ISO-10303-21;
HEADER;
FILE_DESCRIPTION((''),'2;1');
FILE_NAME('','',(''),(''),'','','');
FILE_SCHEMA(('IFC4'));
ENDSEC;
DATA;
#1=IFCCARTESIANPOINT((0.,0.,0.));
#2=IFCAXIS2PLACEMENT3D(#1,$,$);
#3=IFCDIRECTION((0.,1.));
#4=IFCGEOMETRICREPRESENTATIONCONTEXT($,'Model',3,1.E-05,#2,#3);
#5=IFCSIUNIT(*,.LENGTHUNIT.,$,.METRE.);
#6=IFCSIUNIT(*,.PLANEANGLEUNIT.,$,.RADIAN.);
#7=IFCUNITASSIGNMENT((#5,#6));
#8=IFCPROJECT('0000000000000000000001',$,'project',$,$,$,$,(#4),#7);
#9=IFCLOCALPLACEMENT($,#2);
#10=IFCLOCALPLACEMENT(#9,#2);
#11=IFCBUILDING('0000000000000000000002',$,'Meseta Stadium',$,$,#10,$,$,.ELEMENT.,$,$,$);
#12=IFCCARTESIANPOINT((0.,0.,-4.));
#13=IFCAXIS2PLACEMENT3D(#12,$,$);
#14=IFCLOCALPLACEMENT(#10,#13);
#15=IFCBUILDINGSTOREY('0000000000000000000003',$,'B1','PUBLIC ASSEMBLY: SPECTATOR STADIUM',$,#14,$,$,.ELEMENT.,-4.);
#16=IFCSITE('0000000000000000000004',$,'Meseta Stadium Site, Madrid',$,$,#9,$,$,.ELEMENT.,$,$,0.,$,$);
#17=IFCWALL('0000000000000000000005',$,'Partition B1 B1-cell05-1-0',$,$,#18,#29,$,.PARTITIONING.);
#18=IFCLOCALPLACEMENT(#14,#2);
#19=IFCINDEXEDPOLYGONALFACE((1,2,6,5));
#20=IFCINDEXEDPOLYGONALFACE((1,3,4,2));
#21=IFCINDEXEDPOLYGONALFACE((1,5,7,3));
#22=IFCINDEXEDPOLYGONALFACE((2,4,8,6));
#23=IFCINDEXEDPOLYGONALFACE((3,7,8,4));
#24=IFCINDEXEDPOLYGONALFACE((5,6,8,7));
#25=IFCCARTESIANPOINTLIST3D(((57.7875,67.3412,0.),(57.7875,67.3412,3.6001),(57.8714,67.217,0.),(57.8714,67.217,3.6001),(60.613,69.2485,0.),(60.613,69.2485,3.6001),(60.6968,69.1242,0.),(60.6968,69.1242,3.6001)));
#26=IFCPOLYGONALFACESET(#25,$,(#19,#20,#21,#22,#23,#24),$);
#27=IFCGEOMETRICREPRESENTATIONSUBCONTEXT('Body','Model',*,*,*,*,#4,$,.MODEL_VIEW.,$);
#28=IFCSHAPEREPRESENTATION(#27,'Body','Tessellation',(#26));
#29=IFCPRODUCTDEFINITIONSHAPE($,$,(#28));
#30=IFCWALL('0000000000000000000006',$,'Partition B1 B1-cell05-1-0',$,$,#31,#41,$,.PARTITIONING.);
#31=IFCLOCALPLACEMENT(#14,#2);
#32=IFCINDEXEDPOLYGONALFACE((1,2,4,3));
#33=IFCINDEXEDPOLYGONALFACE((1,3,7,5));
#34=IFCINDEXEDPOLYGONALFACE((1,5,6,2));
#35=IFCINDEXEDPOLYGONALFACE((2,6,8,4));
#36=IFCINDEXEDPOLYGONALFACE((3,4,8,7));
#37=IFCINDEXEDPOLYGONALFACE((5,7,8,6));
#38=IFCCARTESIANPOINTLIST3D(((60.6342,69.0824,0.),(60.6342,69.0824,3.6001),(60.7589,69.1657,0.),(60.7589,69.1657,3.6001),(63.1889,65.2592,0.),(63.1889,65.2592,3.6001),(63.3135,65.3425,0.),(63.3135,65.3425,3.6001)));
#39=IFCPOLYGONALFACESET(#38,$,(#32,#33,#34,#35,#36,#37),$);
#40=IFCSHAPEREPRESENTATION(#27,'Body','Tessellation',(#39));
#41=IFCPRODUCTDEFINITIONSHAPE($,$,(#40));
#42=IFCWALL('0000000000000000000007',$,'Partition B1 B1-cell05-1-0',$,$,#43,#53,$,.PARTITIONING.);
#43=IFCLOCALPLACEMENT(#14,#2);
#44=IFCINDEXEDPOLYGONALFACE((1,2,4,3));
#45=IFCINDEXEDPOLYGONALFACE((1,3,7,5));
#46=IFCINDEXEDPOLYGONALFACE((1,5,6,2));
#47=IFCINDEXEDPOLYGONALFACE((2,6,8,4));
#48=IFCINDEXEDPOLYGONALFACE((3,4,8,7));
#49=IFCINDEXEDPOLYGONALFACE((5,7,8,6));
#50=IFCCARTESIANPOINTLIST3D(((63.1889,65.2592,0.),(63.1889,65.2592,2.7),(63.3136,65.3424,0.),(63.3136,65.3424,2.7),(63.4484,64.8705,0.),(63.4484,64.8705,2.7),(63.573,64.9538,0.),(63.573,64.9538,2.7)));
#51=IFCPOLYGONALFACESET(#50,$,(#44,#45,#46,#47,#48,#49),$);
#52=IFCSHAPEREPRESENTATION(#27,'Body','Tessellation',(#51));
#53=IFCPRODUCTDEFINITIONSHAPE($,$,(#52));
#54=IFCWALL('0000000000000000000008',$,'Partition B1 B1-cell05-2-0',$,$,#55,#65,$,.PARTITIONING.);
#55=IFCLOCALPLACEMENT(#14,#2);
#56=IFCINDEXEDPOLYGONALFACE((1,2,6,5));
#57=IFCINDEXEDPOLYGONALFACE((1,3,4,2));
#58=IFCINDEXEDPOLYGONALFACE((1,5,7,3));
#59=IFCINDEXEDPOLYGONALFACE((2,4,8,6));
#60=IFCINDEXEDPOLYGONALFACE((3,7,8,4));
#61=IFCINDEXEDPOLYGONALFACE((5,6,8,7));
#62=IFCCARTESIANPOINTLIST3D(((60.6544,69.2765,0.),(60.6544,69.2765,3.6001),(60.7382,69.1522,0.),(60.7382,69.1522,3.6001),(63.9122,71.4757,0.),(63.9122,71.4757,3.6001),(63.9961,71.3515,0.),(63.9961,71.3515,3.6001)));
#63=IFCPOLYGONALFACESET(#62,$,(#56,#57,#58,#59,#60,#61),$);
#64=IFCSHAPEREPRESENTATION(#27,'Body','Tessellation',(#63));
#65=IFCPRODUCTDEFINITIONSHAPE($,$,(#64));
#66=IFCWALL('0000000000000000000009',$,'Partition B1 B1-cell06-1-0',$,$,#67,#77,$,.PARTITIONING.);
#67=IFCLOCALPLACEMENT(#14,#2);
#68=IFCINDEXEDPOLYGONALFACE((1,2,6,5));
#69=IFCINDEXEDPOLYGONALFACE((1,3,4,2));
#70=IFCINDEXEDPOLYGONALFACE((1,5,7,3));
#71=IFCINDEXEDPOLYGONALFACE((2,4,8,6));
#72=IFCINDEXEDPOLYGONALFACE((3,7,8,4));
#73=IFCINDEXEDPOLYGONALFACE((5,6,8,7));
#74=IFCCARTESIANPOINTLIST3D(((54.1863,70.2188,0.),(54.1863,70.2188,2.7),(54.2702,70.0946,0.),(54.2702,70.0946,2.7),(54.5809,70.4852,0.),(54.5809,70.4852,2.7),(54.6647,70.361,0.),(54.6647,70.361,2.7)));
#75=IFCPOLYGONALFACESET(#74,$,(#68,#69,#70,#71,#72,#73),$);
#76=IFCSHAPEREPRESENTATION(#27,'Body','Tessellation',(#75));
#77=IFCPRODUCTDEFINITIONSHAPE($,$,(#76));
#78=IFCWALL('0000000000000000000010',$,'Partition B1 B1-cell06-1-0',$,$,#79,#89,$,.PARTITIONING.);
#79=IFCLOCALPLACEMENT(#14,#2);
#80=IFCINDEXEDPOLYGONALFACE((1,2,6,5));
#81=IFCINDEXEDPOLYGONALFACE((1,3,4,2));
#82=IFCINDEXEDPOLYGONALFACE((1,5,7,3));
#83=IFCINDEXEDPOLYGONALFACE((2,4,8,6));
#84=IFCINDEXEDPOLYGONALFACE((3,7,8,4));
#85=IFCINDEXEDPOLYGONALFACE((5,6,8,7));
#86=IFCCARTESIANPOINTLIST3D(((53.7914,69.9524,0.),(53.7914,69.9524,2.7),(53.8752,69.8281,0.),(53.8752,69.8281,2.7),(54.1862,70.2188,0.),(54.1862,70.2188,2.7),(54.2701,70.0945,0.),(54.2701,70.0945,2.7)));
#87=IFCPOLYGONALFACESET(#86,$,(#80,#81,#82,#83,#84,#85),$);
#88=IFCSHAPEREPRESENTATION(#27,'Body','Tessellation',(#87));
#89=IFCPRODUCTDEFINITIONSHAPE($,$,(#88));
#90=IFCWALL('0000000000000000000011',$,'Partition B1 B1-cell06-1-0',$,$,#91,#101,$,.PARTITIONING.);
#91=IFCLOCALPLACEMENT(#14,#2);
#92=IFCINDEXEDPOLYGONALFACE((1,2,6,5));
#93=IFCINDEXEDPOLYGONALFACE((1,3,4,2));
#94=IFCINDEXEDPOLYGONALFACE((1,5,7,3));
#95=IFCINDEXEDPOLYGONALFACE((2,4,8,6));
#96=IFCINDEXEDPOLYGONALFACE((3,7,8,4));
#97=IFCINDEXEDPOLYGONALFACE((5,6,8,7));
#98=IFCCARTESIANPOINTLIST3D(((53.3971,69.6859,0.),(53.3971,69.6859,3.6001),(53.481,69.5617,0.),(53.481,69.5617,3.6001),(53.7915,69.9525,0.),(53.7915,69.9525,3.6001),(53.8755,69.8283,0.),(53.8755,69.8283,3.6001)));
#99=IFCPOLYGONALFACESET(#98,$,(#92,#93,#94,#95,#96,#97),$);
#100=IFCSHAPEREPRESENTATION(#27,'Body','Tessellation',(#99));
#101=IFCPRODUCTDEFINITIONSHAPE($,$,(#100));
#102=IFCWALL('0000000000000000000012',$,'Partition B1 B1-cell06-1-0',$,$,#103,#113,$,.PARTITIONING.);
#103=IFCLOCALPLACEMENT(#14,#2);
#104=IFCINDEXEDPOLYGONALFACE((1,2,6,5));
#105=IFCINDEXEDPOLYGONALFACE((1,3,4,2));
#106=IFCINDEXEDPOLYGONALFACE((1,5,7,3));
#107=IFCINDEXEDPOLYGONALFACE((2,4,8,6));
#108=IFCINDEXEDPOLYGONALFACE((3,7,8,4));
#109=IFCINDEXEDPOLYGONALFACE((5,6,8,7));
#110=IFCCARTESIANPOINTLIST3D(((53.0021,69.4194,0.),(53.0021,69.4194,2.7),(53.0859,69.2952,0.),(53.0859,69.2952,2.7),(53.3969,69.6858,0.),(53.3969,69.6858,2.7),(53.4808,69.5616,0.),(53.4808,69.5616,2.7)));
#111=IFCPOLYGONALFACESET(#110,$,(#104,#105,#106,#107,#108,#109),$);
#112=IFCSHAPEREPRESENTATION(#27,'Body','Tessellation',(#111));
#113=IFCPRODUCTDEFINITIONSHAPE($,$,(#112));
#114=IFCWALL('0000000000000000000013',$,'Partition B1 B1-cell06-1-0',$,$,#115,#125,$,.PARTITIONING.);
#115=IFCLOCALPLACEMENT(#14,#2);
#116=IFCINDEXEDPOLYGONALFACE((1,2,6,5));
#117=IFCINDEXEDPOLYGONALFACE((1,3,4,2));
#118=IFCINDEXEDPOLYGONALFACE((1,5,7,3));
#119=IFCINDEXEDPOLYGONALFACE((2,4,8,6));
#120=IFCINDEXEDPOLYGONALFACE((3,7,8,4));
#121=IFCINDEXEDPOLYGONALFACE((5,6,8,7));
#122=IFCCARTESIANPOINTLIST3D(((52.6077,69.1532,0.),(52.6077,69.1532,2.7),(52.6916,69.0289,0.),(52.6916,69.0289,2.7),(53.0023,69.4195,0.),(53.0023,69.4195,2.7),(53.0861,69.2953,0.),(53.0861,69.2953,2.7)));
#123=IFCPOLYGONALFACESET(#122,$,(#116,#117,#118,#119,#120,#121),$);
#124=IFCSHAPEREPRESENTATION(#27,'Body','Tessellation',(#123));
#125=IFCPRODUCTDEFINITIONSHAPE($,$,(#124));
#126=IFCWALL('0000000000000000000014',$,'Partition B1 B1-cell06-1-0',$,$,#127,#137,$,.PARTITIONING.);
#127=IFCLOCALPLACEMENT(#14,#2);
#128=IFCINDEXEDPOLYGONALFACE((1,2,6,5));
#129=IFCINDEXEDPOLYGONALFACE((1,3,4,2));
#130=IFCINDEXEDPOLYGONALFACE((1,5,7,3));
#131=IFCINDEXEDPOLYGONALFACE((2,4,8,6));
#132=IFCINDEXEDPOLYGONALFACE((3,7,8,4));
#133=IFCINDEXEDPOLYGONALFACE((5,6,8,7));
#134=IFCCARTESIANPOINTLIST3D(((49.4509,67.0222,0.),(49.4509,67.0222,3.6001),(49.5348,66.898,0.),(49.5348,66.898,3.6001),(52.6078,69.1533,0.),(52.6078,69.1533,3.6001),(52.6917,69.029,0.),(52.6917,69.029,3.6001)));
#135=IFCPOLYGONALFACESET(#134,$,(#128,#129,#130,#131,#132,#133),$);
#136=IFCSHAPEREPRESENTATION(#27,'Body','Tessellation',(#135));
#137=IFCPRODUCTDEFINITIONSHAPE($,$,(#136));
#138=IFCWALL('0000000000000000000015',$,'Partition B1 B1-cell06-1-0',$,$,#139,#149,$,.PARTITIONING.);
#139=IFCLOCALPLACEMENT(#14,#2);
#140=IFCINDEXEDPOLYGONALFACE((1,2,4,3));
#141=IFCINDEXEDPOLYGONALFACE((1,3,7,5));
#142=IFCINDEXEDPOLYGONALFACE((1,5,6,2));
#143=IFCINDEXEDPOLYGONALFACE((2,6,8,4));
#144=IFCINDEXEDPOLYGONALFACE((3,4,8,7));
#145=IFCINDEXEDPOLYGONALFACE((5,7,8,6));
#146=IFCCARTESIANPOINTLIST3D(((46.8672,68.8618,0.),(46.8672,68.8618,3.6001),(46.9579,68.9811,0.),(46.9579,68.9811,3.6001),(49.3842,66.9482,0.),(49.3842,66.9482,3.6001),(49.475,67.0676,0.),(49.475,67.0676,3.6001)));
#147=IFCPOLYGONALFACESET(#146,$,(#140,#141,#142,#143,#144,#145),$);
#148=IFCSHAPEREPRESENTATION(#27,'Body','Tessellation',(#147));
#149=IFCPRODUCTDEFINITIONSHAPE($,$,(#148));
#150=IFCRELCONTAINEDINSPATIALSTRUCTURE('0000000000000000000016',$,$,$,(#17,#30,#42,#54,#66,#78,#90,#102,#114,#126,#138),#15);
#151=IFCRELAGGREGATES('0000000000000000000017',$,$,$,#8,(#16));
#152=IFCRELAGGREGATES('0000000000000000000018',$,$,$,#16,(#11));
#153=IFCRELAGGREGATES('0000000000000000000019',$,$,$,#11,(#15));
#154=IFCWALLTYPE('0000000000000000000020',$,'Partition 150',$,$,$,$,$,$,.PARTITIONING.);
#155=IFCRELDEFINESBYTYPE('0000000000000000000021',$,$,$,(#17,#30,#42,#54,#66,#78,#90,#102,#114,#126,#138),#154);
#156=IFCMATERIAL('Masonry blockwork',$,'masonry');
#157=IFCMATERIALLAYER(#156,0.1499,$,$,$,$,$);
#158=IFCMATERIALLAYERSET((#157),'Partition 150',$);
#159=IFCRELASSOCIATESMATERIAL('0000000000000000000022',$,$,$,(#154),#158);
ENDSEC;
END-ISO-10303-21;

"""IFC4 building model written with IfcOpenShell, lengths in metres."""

from ifc_helpers import new_model, si_unit, direction, frame, frame_2d, origin, place, context, subcontext, project, spatial, rectangle, extrude, material, layer, layer_set, type_object, element, save


model = new_model("IFC4")

# Units and contexts
model_context = context("Model", 3, precision=1e-05, world=origin(), true_north=direction((0.0, 1.0)))
body_context = subcontext(model_context, "Body", "Model", "MODEL_VIEW")
ifc_project = project(units=[si_unit("LENGTHUNIT", "METRE"), si_unit("PLANEANGLEUNIT", "RADIAN")], contexts=[model_context])

# Site, building, storey
site_placement = place(None, origin())
site = spatial("IfcSite", under=ifc_project, at=site_placement, Name="Meseta Stadium Site, Madrid", CompositionType="ELEMENT", RefElevation=0.0)
building_placement = place(site_placement, origin())
building = spatial("IfcBuilding", under=site, at=building_placement, Name="Meseta Stadium", CompositionType="ELEMENT")
storey_placement = place(building_placement, frame((0.0, 0.0, -4.0)))
storey = spatial("IfcBuildingStorey", under=building, at=storey_placement, Name="B1", Description="PUBLIC ASSEMBLY: SPECTATOR STADIUM", CompositionType="ELEMENT", Elevation=-4.0)

# Walls
ifc_material_1 = material(Name="Masonry blockwork", Category="masonry")
ifc_layer = layer(ifc_material_1, 0.1499)
ifc_layer_set = layer_set([ifc_layer], Name="Partition 150")
wall_type = type_object("IfcWallType", Name="Partition 150", PredefinedType="PARTITIONING", material=ifc_layer_set)
wall_1_placement = place(storey_placement, frame((57.8293, 67.2791, 0.0), z_axis=(0.0, 0.0, 1.0), x_axis=(0.828841, 0.559484, 0.0)))
element("IfcWall", 1, at=wall_1_placement, inside=storey, type_object=wall_type, Name="Partition B1 B1-cell05-1-0", PredefinedType="PARTITIONING", context=body_context, shape_type="SweptSolid", body=[
    extrude(rectangle(XDim=3.4089, YDim=0.1499, at=frame_2d((1.7046, 0.0))), origin(), (0.0, 0.0, 1.0), 3.6001),
])
wall_2_placement = place(storey_placement, frame((60.6965, 69.124, 0.0), z_axis=(0.0, 0.0, 1.0), x_axis=(0.555582, -0.831462, 0.0)))
element("IfcWall", 2, at=wall_2_placement, inside=storey, type_object=wall_type, Name="Partition B1 B1-cell05-1-0", PredefinedType="PARTITIONING", context=body_context, shape_type="SweptSolid", body=[
    extrude(rectangle(XDim=4.5981, YDim=0.1499, at=frame_2d((2.2991, 0.0))), origin(), (0.0, 0.0, 1.0), 3.6001),
])
wall_3_placement = place(storey_placement, frame((63.2512, 65.3008, 0.0), z_axis=(0.0, 0.0, 1.0), x_axis=(0.555303, -0.831648, 0.0)))
element("IfcWall", 3, at=wall_3_placement, inside=storey, type_object=wall_type, Name="Partition B1 B1-cell05-1-0", PredefinedType="PARTITIONING", context=body_context, shape_type="SweptSolid", body=[
    extrude(rectangle(XDim=0.4673, YDim=0.1499, at=frame_2d((0.2336, 0.0))), origin(), (0.0, 0.0, 1.0), 2.7),
])
wall_4_placement = place(storey_placement, frame((60.6963, 69.2144, 0.0), z_axis=(0.0, 0.0, 1.0), x_axis=(0.828826, 0.559507, 0.0)))
element("IfcWall", 4, at=wall_4_placement, inside=storey, type_object=wall_type, Name="Partition B1 B1-cell05-2-0", PredefinedType="PARTITIONING", context=body_context, shape_type="SweptSolid", body=[
    extrude(rectangle(XDim=3.9307, YDim=0.1499, at=frame_2d((1.9653, 0.0))), origin(), (0.0, 0.0, 1.0), 3.6001),
])
wall_5_placement = place(storey_placement, frame((54.6228, 70.4231, 0.0), z_axis=(0.0, 0.0, 1.0), x_axis=(-0.828801, -0.559543, 0.0)))
element("IfcWall", 5, at=wall_5_placement, inside=storey, type_object=wall_type, Name="Partition B1 B1-cell06-1-0", PredefinedType="PARTITIONING", context=body_context, shape_type="SweptSolid", body=[
    extrude(rectangle(XDim=0.4761, YDim=0.1499, at=frame_2d((0.238, 0.0))), origin(), (0.0, 0.0, 1.0), 2.7),
])
wall_6_placement = place(storey_placement, frame((54.2283, 70.1567, 0.0), z_axis=(0.0, 0.0, 1.0), x_axis=(-0.828962, -0.559306, 0.0)))
element("IfcWall", 6, at=wall_6_placement, inside=storey, type_object=wall_type, Name="Partition B1 B1-cell06-1-0", PredefinedType="PARTITIONING", context=body_context, shape_type="SweptSolid", body=[
    extrude(rectangle(XDim=0.4763, YDim=0.1499, at=frame_2d((0.2383, 0.0))), origin(), (0.0, 0.0, 1.0), 2.7),
])
wall_7_placement = place(storey_placement, frame((53.8335, 69.8904, 0.0), z_axis=(0.0, 0.0, 1.0), x_axis=(-0.828563, -0.559895, 0.0)))
element("IfcWall", 7, at=wall_7_placement, inside=storey, type_object=wall_type, Name="Partition B1 B1-cell06-1-0", PredefinedType="PARTITIONING", context=body_context, shape_type="SweptSolid", body=[
    extrude(rectangle(XDim=0.4761, YDim=0.1499, at=frame_2d((0.238, 0.0))), origin(), (0.0, 0.0, 1.0), 3.6001),
])
wall_8_placement = place(storey_placement, frame((53.439, 69.6238, 0.0), z_axis=(0.0, 0.0, 1.0), x_axis=(-0.828962, -0.559306, 0.0)))
element("IfcWall", 8, at=wall_8_placement, inside=storey, type_object=wall_type, Name="Partition B1 B1-cell06-1-0", PredefinedType="PARTITIONING", context=body_context, shape_type="SweptSolid", body=[
    extrude(rectangle(XDim=0.4763, YDim=0.1499, at=frame_2d((0.2383, 0.0))), origin(), (0.0, 0.0, 1.0), 2.7),
])
wall_9_placement = place(storey_placement, frame((53.0442, 69.3574, 0.0), z_axis=(0.0, 0.0, 1.0), x_axis=(-0.828801, -0.559543, 0.0)))
element("IfcWall", 9, at=wall_9_placement, inside=storey, type_object=wall_type, Name="Partition B1 B1-cell06-1-0", PredefinedType="PARTITIONING", context=body_context, shape_type="SweptSolid", body=[
    extrude(rectangle(XDim=0.4761, YDim=0.1499, at=frame_2d((0.238, 0.0))), origin(), (0.0, 0.0, 1.0), 2.7),
])
wall_10_placement = place(storey_placement, frame((52.6497, 69.0911, 0.0), z_axis=(0.0, 0.0, 1.0), x_axis=(-0.828832, -0.559498, 0.0)))
element("IfcWall", 10, at=wall_10_placement, inside=storey, type_object=wall_type, Name="Partition B1 B1-cell06-1-0", PredefinedType="PARTITIONING", context=body_context, shape_type="SweptSolid", body=[
    extrude(rectangle(XDim=3.8088, YDim=0.1499, at=frame_2d((1.9043, 0.0))), origin(), (0.0, 0.0, 1.0), 3.6001),
])
wall_11_placement = place(storey_placement, frame((49.4297, 67.0078, 0.0), z_axis=(0.0, 0.0, 1.0), x_axis=(-0.796073, 0.605201, 0.0)))
element("IfcWall", 11, at=wall_11_placement, inside=storey, type_object=wall_type, Name="Partition B1 B1-cell06-1-0", PredefinedType="PARTITIONING", context=body_context, shape_type="SweptSolid", body=[
    extrude(rectangle(XDim=3.1619, YDim=0.1499, at=frame_2d((1.5811, 0.0))), origin(), (0.0, 0.0, 1.0), 3.6001),
])

save(model, "model.ifc")
